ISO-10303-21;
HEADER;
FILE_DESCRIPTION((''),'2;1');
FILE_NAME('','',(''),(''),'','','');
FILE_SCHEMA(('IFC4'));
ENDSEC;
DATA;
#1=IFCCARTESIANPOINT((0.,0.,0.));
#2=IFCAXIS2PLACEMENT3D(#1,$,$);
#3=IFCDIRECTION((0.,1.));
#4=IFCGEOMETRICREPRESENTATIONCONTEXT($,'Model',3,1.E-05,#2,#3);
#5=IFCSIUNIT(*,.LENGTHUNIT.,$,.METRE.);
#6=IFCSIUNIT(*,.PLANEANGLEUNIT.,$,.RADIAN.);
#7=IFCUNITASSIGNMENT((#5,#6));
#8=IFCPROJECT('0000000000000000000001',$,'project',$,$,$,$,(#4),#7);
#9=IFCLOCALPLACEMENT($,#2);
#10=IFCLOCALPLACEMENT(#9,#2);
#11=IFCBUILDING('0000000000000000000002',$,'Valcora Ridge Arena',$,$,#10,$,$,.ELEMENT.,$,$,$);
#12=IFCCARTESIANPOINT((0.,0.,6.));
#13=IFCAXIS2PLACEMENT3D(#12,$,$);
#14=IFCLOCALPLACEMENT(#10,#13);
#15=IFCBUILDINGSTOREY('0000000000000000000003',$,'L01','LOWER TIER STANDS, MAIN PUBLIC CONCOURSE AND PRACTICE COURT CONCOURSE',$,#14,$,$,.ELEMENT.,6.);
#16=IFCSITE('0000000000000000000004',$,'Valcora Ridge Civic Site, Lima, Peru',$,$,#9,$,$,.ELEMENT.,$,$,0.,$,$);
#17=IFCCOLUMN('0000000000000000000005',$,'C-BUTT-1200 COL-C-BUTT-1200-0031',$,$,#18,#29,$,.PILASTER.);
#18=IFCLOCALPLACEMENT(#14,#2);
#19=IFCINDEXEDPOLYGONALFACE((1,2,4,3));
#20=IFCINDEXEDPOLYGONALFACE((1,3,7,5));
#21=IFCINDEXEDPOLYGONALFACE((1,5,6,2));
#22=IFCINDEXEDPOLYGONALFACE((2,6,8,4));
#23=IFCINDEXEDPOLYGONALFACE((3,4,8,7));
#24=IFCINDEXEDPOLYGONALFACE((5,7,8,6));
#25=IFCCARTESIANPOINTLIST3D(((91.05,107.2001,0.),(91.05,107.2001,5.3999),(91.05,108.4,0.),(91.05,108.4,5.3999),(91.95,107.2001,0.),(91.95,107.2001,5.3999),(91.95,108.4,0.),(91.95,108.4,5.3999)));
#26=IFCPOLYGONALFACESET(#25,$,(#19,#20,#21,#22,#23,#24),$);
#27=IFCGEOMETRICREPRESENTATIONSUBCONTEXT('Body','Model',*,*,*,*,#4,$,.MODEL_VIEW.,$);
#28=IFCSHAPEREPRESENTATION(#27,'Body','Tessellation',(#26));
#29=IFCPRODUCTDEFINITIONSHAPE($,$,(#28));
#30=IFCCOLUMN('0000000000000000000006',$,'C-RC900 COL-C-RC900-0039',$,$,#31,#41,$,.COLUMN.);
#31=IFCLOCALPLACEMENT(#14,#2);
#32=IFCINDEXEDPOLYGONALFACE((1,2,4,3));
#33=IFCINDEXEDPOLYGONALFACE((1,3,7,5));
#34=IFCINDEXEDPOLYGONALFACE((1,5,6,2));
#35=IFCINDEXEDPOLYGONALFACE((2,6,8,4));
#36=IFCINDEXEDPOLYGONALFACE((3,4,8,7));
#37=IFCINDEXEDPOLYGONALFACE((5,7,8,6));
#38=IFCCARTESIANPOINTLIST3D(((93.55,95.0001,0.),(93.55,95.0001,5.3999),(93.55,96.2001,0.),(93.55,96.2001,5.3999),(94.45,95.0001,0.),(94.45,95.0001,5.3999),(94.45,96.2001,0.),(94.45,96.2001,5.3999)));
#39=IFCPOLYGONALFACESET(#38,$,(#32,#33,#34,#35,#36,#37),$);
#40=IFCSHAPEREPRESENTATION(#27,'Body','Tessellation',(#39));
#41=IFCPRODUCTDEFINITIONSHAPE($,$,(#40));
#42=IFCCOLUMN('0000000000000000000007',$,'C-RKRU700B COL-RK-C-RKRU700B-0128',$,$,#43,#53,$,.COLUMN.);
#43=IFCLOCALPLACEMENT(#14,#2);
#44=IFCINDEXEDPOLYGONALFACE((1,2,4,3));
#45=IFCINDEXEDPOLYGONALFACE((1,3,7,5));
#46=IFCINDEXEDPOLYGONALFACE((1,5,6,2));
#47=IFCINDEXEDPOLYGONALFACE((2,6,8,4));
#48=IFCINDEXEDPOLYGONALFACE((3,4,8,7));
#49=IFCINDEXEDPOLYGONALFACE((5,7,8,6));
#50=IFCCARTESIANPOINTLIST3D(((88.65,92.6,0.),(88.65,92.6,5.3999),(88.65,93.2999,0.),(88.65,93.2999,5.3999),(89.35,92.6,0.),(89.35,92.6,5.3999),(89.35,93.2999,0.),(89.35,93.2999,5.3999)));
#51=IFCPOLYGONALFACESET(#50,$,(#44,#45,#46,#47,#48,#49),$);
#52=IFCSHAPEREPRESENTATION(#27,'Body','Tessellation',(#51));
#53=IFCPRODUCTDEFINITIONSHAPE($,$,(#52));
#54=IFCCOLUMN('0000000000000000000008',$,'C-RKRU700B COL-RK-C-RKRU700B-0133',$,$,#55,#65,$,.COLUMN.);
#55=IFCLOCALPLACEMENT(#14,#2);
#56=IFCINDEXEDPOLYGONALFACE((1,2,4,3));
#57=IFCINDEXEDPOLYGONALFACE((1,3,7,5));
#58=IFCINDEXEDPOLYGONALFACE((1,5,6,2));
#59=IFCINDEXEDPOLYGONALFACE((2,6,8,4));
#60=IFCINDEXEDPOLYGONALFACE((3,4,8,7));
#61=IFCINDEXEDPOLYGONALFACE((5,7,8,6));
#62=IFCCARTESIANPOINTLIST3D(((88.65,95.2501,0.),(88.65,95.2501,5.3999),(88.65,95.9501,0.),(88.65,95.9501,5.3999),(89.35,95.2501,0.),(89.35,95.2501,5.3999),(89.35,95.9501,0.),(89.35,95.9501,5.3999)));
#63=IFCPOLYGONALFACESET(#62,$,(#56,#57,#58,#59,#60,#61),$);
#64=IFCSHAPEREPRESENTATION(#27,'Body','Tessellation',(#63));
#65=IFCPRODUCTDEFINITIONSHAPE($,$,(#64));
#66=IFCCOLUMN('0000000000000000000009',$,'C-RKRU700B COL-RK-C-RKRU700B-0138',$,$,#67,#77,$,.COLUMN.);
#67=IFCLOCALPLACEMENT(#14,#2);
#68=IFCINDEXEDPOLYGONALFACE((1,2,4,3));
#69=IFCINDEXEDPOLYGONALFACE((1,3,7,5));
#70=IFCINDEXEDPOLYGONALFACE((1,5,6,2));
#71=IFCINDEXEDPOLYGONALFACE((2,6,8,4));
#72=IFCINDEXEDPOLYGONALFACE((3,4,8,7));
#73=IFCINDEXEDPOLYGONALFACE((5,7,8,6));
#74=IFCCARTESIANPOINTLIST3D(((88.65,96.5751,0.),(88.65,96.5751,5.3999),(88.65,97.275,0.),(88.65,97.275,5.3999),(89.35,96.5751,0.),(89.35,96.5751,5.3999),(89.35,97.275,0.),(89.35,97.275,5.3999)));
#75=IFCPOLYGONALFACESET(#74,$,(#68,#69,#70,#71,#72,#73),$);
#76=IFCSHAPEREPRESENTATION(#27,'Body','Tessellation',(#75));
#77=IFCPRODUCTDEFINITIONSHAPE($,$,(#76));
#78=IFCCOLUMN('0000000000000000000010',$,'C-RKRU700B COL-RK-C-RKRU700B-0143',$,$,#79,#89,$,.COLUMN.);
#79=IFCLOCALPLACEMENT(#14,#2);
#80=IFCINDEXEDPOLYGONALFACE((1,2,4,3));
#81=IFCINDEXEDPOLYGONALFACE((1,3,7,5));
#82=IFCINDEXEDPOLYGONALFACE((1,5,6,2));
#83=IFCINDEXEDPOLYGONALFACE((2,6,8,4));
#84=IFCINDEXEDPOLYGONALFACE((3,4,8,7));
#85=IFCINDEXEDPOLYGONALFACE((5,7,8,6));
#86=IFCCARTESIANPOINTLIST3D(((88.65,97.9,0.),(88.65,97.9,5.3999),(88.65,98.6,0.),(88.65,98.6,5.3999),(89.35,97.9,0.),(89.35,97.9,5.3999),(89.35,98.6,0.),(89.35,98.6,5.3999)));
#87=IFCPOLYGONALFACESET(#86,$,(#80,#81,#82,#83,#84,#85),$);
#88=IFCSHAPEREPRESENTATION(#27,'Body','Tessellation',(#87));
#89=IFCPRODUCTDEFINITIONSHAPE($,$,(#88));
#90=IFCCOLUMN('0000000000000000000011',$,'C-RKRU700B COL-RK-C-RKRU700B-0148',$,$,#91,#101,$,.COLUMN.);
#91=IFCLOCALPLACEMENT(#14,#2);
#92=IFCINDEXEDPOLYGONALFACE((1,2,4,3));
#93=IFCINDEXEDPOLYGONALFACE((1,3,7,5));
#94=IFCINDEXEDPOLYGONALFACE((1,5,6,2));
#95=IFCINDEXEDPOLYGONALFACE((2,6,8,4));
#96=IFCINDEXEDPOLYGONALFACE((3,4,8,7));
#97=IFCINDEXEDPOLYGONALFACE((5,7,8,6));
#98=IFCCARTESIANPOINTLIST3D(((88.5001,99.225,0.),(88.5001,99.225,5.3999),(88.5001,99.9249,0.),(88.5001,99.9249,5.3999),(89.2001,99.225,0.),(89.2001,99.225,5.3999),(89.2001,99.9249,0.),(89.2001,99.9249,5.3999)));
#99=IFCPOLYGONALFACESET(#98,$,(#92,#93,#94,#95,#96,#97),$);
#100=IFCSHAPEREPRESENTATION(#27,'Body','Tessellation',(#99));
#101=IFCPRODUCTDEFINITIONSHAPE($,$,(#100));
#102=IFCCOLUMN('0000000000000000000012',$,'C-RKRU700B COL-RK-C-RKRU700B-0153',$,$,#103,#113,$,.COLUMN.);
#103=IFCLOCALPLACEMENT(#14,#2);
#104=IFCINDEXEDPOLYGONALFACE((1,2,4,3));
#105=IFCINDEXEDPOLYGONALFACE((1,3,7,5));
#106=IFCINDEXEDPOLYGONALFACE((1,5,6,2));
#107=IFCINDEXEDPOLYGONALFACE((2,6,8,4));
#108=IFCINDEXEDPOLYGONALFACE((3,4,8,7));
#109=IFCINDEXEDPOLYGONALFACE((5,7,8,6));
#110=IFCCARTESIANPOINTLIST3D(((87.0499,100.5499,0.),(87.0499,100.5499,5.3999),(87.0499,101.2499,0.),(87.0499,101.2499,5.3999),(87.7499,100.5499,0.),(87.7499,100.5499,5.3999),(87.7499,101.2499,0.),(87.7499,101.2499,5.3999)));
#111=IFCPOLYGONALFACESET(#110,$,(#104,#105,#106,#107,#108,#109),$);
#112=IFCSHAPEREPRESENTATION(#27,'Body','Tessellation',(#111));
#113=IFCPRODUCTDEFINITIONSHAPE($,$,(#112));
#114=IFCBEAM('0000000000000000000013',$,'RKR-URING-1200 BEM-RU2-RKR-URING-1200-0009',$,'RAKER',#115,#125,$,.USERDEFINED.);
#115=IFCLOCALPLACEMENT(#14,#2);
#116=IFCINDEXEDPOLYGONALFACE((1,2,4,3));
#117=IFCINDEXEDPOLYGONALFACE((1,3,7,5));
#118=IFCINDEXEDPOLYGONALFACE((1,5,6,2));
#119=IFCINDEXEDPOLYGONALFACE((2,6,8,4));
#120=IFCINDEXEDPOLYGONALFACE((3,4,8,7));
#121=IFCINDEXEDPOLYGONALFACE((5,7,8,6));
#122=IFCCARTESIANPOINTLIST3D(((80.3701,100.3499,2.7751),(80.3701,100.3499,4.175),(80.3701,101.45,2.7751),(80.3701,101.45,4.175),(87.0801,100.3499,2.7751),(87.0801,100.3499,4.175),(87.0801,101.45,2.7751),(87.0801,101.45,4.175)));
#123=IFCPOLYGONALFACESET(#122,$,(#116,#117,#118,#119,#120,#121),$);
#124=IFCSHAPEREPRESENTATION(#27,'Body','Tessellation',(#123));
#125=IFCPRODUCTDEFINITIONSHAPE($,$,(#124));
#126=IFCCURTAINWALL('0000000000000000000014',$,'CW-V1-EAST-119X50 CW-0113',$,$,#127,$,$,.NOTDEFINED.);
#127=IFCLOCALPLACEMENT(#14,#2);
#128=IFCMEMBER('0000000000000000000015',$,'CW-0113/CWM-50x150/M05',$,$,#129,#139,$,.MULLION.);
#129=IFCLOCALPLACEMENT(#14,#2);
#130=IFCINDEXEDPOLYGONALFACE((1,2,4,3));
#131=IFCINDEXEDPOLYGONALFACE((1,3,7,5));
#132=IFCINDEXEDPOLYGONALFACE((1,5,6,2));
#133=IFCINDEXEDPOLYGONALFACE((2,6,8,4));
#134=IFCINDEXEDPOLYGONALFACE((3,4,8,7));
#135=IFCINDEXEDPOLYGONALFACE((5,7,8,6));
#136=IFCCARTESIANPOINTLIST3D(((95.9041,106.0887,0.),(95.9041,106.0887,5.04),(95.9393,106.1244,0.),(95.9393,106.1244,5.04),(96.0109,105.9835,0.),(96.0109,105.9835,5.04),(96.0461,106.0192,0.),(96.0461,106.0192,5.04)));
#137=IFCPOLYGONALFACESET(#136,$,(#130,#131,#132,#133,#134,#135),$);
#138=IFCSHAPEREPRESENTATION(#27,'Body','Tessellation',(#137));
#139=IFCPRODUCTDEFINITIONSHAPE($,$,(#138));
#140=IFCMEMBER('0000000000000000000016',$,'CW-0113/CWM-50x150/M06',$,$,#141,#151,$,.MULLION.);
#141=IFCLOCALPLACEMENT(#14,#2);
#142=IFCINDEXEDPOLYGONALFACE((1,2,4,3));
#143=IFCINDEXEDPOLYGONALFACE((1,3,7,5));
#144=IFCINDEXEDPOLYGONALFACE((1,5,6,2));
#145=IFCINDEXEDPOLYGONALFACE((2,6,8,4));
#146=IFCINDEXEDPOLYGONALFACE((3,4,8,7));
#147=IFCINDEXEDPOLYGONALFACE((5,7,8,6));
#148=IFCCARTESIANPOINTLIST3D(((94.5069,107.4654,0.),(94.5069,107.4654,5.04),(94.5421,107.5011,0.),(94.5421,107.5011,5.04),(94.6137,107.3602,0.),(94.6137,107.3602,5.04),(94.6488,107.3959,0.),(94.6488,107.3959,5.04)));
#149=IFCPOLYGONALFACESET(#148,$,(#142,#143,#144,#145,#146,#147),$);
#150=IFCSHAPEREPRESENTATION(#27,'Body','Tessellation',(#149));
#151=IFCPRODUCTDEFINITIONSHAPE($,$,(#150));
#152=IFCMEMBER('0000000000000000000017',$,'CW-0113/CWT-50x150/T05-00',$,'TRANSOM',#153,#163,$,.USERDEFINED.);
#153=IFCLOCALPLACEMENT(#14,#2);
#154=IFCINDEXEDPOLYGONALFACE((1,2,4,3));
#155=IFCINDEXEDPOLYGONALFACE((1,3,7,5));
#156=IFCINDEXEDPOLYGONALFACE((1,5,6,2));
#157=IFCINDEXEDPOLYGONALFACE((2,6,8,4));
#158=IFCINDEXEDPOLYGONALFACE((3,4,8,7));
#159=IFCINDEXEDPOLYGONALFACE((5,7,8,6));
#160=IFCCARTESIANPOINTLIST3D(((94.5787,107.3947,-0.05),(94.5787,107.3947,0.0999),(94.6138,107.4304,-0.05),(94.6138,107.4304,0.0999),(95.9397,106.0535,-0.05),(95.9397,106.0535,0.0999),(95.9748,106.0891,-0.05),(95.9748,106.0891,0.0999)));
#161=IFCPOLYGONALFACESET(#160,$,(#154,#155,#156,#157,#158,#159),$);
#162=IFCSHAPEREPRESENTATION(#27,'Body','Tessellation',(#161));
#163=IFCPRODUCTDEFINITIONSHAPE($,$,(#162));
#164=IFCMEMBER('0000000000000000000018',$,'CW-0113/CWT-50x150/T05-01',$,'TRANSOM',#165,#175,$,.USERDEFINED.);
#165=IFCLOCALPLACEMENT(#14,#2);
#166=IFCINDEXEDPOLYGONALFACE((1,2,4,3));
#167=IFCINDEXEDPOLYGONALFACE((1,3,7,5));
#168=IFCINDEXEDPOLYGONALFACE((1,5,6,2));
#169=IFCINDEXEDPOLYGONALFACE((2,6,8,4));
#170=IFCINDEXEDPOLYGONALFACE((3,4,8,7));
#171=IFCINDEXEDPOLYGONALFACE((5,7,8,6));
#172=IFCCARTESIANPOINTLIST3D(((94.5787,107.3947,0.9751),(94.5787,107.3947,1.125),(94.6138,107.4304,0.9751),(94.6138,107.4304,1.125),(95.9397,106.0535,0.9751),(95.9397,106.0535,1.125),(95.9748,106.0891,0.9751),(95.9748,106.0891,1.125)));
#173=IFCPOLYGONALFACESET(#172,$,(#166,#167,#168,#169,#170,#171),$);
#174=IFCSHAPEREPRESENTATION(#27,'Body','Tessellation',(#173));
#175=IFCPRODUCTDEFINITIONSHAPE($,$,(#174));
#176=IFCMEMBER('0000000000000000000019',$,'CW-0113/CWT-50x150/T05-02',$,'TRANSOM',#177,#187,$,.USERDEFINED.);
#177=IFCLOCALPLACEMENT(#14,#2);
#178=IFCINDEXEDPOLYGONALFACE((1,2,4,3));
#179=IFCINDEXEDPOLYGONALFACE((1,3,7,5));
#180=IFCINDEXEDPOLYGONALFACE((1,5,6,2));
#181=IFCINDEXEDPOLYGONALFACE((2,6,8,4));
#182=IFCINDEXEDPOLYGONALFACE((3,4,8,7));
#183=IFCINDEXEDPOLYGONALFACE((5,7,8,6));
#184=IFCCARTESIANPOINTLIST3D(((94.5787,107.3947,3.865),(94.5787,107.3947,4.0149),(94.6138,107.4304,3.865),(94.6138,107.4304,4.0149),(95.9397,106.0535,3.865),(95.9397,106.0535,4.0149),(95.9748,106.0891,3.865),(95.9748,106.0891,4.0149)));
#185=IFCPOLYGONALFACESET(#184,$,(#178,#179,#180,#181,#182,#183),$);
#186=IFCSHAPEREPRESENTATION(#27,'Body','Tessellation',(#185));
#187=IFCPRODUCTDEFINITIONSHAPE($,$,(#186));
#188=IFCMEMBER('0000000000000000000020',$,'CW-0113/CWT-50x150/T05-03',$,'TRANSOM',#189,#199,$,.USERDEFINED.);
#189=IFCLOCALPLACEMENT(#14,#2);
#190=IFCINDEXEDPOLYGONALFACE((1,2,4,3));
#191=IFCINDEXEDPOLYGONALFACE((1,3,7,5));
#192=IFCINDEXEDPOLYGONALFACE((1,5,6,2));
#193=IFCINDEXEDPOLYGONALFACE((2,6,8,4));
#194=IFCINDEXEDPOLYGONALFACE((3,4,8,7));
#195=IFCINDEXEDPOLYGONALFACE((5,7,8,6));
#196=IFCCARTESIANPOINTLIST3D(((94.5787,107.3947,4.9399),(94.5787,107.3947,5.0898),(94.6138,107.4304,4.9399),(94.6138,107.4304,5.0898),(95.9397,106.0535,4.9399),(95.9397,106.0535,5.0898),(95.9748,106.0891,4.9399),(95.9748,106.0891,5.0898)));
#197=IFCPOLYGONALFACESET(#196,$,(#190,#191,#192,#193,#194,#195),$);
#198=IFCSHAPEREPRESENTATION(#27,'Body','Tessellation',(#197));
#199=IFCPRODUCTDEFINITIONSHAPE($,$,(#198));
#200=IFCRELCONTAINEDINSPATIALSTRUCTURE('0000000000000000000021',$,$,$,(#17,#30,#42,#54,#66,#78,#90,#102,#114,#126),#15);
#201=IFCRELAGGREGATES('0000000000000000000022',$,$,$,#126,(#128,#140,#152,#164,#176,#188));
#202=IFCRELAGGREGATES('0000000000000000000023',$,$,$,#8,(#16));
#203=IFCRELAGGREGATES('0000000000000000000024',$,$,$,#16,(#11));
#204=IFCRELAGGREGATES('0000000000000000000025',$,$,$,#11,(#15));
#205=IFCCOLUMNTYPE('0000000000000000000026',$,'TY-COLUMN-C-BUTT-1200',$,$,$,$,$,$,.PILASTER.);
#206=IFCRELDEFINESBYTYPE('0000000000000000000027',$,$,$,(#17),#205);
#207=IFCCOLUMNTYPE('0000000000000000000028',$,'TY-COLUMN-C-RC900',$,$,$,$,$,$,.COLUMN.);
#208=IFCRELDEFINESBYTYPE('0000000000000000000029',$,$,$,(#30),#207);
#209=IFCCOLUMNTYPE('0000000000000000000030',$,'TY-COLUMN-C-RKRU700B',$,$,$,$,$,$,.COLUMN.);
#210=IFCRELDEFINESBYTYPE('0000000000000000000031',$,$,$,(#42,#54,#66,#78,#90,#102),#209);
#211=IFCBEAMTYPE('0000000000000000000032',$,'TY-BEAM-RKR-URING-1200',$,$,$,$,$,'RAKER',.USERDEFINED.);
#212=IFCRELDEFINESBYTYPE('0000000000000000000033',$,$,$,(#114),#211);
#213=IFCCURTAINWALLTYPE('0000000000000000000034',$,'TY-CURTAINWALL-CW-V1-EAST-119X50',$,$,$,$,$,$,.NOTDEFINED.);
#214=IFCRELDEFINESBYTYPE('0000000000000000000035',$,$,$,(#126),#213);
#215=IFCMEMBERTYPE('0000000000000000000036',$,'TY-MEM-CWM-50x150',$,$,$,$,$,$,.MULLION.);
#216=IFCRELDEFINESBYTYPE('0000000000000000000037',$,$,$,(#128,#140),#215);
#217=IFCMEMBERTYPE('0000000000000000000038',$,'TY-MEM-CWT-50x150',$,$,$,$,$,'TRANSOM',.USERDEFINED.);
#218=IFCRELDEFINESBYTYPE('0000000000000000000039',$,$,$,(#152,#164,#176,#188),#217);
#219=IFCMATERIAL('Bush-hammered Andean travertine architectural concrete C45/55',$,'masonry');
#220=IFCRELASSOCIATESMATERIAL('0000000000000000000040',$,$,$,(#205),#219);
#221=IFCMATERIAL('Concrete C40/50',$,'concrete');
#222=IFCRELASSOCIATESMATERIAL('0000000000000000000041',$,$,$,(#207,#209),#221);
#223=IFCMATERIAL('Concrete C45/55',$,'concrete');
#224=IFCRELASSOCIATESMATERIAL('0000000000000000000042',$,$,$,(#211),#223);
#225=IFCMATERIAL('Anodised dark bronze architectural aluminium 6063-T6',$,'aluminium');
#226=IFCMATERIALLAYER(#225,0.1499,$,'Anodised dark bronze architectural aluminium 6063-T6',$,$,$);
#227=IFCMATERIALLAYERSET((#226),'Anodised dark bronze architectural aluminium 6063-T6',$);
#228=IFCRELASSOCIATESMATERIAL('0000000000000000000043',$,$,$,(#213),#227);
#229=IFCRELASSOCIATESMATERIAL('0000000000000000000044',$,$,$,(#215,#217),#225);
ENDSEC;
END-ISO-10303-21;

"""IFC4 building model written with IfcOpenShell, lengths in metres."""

from ifc_helpers import new_model, si_unit, direction, frame, origin, origin_2d, place, context, subcontext, project, spatial, rectangle, extrude, material, layer, layer_set, material_profile, profile_set, type_object, element, aggregate, save


model = new_model("IFC4")

# Units and contexts
model_context = context("Model", 3, precision=1e-05, world=origin(), true_north=direction((0.0, 1.0)))
body_context = subcontext(model_context, "Body", "Model", "MODEL_VIEW")
ifc_project = project(units=[si_unit("LENGTHUNIT", "METRE"), si_unit("PLANEANGLEUNIT", "RADIAN")], contexts=[model_context])

# Site, building, storey
site_placement = place(None, origin())
site = spatial("IfcSite", under=ifc_project, at=site_placement, Name="Valcora Ridge Civic Site, Lima, Peru", CompositionType="ELEMENT", RefElevation=0.0)
building_placement = place(site_placement, origin())
building = spatial("IfcBuilding", under=site, at=building_placement, Name="Valcora Ridge Arena", CompositionType="ELEMENT")
storey_placement = place(building_placement, frame((0.0, 0.0, 6.0)))
storey = spatial("IfcBuildingStorey", under=building, at=storey_placement, Name="L01", Description="LOWER TIER STANDS, MAIN PUBLIC CONCOURSE AND PRACTICE COURT CONCOURSE", CompositionType="ELEMENT", Elevation=6.0)

# Columns
ifc_material_1 = material(Name="Bush-hammered Andean travertine architectural concrete C45/55", Category="masonry")
ifc_material_profile_1 = material_profile(ifc_material_1, rectangle(XDim=0.8999, YDim=1.2, at=origin_2d()), Name="RC 900x1200")
ifc_profile_set_1 = profile_set([ifc_material_profile_1], Name="Bush-hammered Andean travertine architectural concrete C45/55")
column_type_1 = type_object("IfcColumnType", Name="TY-COLUMN-C-BUTT-1200", PredefinedType="PILASTER", material=ifc_profile_set_1)
column_1_placement = place(storey_placement, frame((91.5, 107.8, 0.0), z_axis=(0.0, 0.0, 1.0), x_axis=(1.0, 0.0, 0.0)))
element("IfcColumn", 1, at=column_1_placement, inside=storey, type_object=column_type_1, Name="C-BUTT-1200 COL-C-BUTT-1200-0031", PredefinedType="PILASTER", context=body_context, shape_type="SweptSolid", body=[
    extrude(rectangle(XDim=0.8999, YDim=1.2, at=origin_2d()), origin(), (0.0, 0.0, 1.0), 5.3999),
])
ifc_material_2 = material(Name="Concrete C40/50", Category="concrete")
ifc_material_profile_2 = material_profile(ifc_material_2, rectangle(XDim=0.8999, YDim=1.2, at=origin_2d()), Name="RC 900x1200")
ifc_profile_set_2 = profile_set([ifc_material_profile_2], Name="Concrete C40/50")
column_type_2 = type_object("IfcColumnType", Name="TY-COLUMN-C-RC900", PredefinedType="COLUMN", material=ifc_profile_set_2)
column_2_placement = place(storey_placement, frame((94.0, 95.6001, 0.0), z_axis=(0.0, 0.0, 1.0), x_axis=(1.0, 0.0, 0.0)))
element("IfcColumn", 2, at=column_2_placement, inside=storey, type_object=column_type_2, Name="C-RC900 COL-C-RC900-0039", PredefinedType="COLUMN", context=body_context, shape_type="SweptSolid", body=[
    extrude(rectangle(XDim=0.8999, YDim=1.2, at=origin_2d()), origin(), (0.0, 0.0, 1.0), 5.3999),
])
ifc_material_profile_3 = material_profile(ifc_material_2, rectangle(XDim=0.7, YDim=0.7, at=origin_2d()), Name="RC 700x700")
ifc_profile_set_3 = profile_set([ifc_material_profile_3], Name="Concrete C40/50")
column_type_3 = type_object("IfcColumnType", Name="TY-COLUMN-C-RKRU700B", PredefinedType="COLUMN", material=ifc_profile_set_3)
for number, where, z_axis, x_axis, name in (
    (3, (89.0, 92.95, 0.0), (0.0, 0.0, 1.0), (1.0, 0.0, 0.0), "C-RKRU700B COL-RK-C-RKRU700B-0128"),
    (4, (89.0, 95.6001, 0.0), (0.0, 0.0, 1.0), (1.0, 0.0, 0.0), "C-RKRU700B COL-RK-C-RKRU700B-0133"),
    (5, (89.0, 96.925, 0.0), (0.0, 0.0, 1.0), (1.0, 0.0, 0.0), "C-RKRU700B COL-RK-C-RKRU700B-0138"),
    (6, (89.0, 98.25, 0.0), (0.0, 0.0, 1.0), (1.0, 0.0, 0.0), "C-RKRU700B COL-RK-C-RKRU700B-0143"),
    (7, (88.8501, 99.575, 0.0), (0.0, 0.0, 1.0), (1.0, 0.0, 0.0), "C-RKRU700B COL-RK-C-RKRU700B-0148"),
    (8, (87.3999, 100.8999, 0.0), (0.0, 0.0, 1.0), (1.0, 0.0, 0.0), "C-RKRU700B COL-RK-C-RKRU700B-0153"),
):
    element("IfcColumn", number, at=place(storey_placement, frame(where, z_axis=z_axis, x_axis=x_axis)), inside=storey, type_object=column_type_3, Name=name, PredefinedType="COLUMN", context=body_context, shape_type="SweptSolid", body=[
        extrude(rectangle(XDim=0.7, YDim=0.7, at=origin_2d()), origin(), (0.0, 0.0, 1.0), 5.3999),
    ])

# Beam
ifc_material_3 = material(Name="Concrete C45/55", Category="concrete")
ifc_material_profile_4 = material_profile(ifc_material_3, rectangle(XDim=1.1001, YDim=1.3999, at=origin_2d()), Name="RC 1100x1400")
ifc_profile_set_4 = profile_set([ifc_material_profile_4], Name="Concrete C45/55")
beam_type = type_object("IfcBeamType", Name="TY-BEAM-RKR-URING-1200", ElementType="RAKER", PredefinedType="USERDEFINED", material=ifc_profile_set_4)
beam_placement = place(storey_placement, frame((87.0801, 100.8999, 3.4751), z_axis=(-1.0, 0.0, 0.0), x_axis=(0.0, -1.0, 0.0)))
element("IfcBeam", 9, at=beam_placement, inside=storey, type_object=beam_type, Name="RKR-URING-1200 BEM-RU2-RKR-URING-1200-0009", ObjectType="RAKER", PredefinedType="USERDEFINED", context=body_context, shape_type="SweptSolid", body=[
    extrude(rectangle(XDim=1.1001, YDim=1.3999, at=origin_2d()), origin(), (0.0, 0.0, 1.0), 6.71),
])

# Curtain wall, members
ifc_material_4 = material(Name="Anodised dark bronze architectural aluminium 6063-T6", Category="aluminium")
ifc_layer_1 = layer(ifc_material_4, 0.1499, Name="Anodised dark bronze architectural aluminium 6063-T6")
ifc_layer_set_1 = layer_set([ifc_layer_1], Name="Anodised dark bronze architectural aluminium 6063-T6")
curtain_wall_type = type_object("IfcCurtainWallType", Name="TY-CURTAINWALL-CW-V1-EAST-119X50", PredefinedType="NOTDEFINED", material=ifc_layer_set_1)
curtain_wall_placement = place(storey_placement, origin())
curtain_wall = element("IfcCurtainWall", 10, at=curtain_wall_placement, inside=storey, type_object=curtain_wall_type, Name="CW-V1-EAST-119X50 CW-0113", PredefinedType="NOTDEFINED")
ifc_material_profile_5 = material_profile(ifc_material_4, rectangle(XDim=0.05, YDim=0.1499, at=origin_2d()), Name="ALU MULLION 50x150")
ifc_profile_set_5 = profile_set([ifc_material_profile_5], Name="Anodised dark bronze architectural aluminium 6063-T6")
member_type_1 = type_object("IfcMemberType", Name="TY-MEM-CWM-50x150", PredefinedType="MULLION", material=ifc_profile_set_5)
member_1_placement = place(storey_placement, frame((95.9751, 106.054, 0.0), z_axis=(0.0, 0.0, 1.0), x_axis=(-0.701847, -0.712327, 0.0)))
member_1 = element("IfcMember", 11, at=member_1_placement, type_object=member_type_1, Name="CW-0113/CWM-50x150/M05", PredefinedType="MULLION", context=body_context, shape_type="SweptSolid", body=[
    extrude(rectangle(XDim=0.05, YDim=0.1499, at=origin_2d()), origin(), (0.0, 0.0, 1.0), 5.04),
])
member_2_placement = place(storey_placement, frame((94.5779, 107.4307, 0.0), z_axis=(0.0, 0.0, 1.0), x_axis=(-0.701847, -0.712327, 0.0)))
member_2 = element("IfcMember", 12, at=member_2_placement, type_object=member_type_1, Name="CW-0113/CWM-50x150/M06", PredefinedType="MULLION", context=body_context, shape_type="SweptSolid", body=[
    extrude(rectangle(XDim=0.05, YDim=0.1499, at=origin_2d()), origin(), (0.0, 0.0, 1.0), 5.04),
])
ifc_material_profile_6 = material_profile(ifc_material_4, rectangle(XDim=0.05, YDim=0.1499, at=origin_2d()), Name="ALU TRANSOM 50x150")
ifc_profile_set_6 = profile_set([ifc_material_profile_6], Name="Anodised dark bronze architectural aluminium 6063-T6")
member_type_2 = type_object("IfcMemberType", Name="TY-MEM-CWT-50x150", ElementType="TRANSOM", PredefinedType="USERDEFINED", material=ifc_profile_set_6)
member_3_placement = place(storey_placement, frame((95.9573, 106.0713, 0.0249), z_axis=(-0.712262, 0.701914, 0.0), x_axis=(-0.701914, -0.712262, 0.0)))
member_3 = element("IfcMember", 13, at=member_3_placement, type_object=member_type_2, Name="CW-0113/CWT-50x150/T05-00", ObjectType="TRANSOM", PredefinedType="USERDEFINED", context=body_context, shape_type="SweptSolid", body=[
    extrude(rectangle(XDim=0.05, YDim=0.1499, at=origin_2d()), origin(), (0.0, 0.0, 1.0), 1.9109),
])
member_4_placement = place(storey_placement, frame((95.9573, 106.0713, 1.05), z_axis=(-0.712262, 0.701914, 0.0), x_axis=(-0.701914, -0.712262, 0.0)))
member_4 = element("IfcMember", 14, at=member_4_placement, type_object=member_type_2, Name="CW-0113/CWT-50x150/T05-01", ObjectType="TRANSOM", PredefinedType="USERDEFINED", context=body_context, shape_type="SweptSolid", body=[
    extrude(rectangle(XDim=0.05, YDim=0.1499, at=origin_2d()), origin(), (0.0, 0.0, 1.0), 1.9109),
])
member_5_placement = place(storey_placement, frame((95.9573, 106.0713, 3.9399), z_axis=(-0.712262, 0.701914, 0.0), x_axis=(-0.701914, -0.712262, 0.0)))
member_5 = element("IfcMember", 15, at=member_5_placement, type_object=member_type_2, Name="CW-0113/CWT-50x150/T05-02", ObjectType="TRANSOM", PredefinedType="USERDEFINED", context=body_context, shape_type="SweptSolid", body=[
    extrude(rectangle(XDim=0.05, YDim=0.1499, at=origin_2d()), origin(), (0.0, 0.0, 1.0), 1.9109),
])
member_6_placement = place(storey_placement, frame((95.9573, 106.0713, 5.0149), z_axis=(-0.712262, 0.701914, 0.0), x_axis=(-0.701914, -0.712262, 0.0)))
member_6 = element("IfcMember", 16, at=member_6_placement, type_object=member_type_2, Name="CW-0113/CWT-50x150/T05-03", ObjectType="TRANSOM", PredefinedType="USERDEFINED", context=body_context, shape_type="SweptSolid", body=[
    extrude(rectangle(XDim=0.05, YDim=0.1499, at=origin_2d()), origin(), (0.0, 0.0, 1.0), 1.9109),
])
aggregate(curtain_wall, [member_1, member_2, member_3, member_4, member_5, member_6])

save(model, "model.ifc")
